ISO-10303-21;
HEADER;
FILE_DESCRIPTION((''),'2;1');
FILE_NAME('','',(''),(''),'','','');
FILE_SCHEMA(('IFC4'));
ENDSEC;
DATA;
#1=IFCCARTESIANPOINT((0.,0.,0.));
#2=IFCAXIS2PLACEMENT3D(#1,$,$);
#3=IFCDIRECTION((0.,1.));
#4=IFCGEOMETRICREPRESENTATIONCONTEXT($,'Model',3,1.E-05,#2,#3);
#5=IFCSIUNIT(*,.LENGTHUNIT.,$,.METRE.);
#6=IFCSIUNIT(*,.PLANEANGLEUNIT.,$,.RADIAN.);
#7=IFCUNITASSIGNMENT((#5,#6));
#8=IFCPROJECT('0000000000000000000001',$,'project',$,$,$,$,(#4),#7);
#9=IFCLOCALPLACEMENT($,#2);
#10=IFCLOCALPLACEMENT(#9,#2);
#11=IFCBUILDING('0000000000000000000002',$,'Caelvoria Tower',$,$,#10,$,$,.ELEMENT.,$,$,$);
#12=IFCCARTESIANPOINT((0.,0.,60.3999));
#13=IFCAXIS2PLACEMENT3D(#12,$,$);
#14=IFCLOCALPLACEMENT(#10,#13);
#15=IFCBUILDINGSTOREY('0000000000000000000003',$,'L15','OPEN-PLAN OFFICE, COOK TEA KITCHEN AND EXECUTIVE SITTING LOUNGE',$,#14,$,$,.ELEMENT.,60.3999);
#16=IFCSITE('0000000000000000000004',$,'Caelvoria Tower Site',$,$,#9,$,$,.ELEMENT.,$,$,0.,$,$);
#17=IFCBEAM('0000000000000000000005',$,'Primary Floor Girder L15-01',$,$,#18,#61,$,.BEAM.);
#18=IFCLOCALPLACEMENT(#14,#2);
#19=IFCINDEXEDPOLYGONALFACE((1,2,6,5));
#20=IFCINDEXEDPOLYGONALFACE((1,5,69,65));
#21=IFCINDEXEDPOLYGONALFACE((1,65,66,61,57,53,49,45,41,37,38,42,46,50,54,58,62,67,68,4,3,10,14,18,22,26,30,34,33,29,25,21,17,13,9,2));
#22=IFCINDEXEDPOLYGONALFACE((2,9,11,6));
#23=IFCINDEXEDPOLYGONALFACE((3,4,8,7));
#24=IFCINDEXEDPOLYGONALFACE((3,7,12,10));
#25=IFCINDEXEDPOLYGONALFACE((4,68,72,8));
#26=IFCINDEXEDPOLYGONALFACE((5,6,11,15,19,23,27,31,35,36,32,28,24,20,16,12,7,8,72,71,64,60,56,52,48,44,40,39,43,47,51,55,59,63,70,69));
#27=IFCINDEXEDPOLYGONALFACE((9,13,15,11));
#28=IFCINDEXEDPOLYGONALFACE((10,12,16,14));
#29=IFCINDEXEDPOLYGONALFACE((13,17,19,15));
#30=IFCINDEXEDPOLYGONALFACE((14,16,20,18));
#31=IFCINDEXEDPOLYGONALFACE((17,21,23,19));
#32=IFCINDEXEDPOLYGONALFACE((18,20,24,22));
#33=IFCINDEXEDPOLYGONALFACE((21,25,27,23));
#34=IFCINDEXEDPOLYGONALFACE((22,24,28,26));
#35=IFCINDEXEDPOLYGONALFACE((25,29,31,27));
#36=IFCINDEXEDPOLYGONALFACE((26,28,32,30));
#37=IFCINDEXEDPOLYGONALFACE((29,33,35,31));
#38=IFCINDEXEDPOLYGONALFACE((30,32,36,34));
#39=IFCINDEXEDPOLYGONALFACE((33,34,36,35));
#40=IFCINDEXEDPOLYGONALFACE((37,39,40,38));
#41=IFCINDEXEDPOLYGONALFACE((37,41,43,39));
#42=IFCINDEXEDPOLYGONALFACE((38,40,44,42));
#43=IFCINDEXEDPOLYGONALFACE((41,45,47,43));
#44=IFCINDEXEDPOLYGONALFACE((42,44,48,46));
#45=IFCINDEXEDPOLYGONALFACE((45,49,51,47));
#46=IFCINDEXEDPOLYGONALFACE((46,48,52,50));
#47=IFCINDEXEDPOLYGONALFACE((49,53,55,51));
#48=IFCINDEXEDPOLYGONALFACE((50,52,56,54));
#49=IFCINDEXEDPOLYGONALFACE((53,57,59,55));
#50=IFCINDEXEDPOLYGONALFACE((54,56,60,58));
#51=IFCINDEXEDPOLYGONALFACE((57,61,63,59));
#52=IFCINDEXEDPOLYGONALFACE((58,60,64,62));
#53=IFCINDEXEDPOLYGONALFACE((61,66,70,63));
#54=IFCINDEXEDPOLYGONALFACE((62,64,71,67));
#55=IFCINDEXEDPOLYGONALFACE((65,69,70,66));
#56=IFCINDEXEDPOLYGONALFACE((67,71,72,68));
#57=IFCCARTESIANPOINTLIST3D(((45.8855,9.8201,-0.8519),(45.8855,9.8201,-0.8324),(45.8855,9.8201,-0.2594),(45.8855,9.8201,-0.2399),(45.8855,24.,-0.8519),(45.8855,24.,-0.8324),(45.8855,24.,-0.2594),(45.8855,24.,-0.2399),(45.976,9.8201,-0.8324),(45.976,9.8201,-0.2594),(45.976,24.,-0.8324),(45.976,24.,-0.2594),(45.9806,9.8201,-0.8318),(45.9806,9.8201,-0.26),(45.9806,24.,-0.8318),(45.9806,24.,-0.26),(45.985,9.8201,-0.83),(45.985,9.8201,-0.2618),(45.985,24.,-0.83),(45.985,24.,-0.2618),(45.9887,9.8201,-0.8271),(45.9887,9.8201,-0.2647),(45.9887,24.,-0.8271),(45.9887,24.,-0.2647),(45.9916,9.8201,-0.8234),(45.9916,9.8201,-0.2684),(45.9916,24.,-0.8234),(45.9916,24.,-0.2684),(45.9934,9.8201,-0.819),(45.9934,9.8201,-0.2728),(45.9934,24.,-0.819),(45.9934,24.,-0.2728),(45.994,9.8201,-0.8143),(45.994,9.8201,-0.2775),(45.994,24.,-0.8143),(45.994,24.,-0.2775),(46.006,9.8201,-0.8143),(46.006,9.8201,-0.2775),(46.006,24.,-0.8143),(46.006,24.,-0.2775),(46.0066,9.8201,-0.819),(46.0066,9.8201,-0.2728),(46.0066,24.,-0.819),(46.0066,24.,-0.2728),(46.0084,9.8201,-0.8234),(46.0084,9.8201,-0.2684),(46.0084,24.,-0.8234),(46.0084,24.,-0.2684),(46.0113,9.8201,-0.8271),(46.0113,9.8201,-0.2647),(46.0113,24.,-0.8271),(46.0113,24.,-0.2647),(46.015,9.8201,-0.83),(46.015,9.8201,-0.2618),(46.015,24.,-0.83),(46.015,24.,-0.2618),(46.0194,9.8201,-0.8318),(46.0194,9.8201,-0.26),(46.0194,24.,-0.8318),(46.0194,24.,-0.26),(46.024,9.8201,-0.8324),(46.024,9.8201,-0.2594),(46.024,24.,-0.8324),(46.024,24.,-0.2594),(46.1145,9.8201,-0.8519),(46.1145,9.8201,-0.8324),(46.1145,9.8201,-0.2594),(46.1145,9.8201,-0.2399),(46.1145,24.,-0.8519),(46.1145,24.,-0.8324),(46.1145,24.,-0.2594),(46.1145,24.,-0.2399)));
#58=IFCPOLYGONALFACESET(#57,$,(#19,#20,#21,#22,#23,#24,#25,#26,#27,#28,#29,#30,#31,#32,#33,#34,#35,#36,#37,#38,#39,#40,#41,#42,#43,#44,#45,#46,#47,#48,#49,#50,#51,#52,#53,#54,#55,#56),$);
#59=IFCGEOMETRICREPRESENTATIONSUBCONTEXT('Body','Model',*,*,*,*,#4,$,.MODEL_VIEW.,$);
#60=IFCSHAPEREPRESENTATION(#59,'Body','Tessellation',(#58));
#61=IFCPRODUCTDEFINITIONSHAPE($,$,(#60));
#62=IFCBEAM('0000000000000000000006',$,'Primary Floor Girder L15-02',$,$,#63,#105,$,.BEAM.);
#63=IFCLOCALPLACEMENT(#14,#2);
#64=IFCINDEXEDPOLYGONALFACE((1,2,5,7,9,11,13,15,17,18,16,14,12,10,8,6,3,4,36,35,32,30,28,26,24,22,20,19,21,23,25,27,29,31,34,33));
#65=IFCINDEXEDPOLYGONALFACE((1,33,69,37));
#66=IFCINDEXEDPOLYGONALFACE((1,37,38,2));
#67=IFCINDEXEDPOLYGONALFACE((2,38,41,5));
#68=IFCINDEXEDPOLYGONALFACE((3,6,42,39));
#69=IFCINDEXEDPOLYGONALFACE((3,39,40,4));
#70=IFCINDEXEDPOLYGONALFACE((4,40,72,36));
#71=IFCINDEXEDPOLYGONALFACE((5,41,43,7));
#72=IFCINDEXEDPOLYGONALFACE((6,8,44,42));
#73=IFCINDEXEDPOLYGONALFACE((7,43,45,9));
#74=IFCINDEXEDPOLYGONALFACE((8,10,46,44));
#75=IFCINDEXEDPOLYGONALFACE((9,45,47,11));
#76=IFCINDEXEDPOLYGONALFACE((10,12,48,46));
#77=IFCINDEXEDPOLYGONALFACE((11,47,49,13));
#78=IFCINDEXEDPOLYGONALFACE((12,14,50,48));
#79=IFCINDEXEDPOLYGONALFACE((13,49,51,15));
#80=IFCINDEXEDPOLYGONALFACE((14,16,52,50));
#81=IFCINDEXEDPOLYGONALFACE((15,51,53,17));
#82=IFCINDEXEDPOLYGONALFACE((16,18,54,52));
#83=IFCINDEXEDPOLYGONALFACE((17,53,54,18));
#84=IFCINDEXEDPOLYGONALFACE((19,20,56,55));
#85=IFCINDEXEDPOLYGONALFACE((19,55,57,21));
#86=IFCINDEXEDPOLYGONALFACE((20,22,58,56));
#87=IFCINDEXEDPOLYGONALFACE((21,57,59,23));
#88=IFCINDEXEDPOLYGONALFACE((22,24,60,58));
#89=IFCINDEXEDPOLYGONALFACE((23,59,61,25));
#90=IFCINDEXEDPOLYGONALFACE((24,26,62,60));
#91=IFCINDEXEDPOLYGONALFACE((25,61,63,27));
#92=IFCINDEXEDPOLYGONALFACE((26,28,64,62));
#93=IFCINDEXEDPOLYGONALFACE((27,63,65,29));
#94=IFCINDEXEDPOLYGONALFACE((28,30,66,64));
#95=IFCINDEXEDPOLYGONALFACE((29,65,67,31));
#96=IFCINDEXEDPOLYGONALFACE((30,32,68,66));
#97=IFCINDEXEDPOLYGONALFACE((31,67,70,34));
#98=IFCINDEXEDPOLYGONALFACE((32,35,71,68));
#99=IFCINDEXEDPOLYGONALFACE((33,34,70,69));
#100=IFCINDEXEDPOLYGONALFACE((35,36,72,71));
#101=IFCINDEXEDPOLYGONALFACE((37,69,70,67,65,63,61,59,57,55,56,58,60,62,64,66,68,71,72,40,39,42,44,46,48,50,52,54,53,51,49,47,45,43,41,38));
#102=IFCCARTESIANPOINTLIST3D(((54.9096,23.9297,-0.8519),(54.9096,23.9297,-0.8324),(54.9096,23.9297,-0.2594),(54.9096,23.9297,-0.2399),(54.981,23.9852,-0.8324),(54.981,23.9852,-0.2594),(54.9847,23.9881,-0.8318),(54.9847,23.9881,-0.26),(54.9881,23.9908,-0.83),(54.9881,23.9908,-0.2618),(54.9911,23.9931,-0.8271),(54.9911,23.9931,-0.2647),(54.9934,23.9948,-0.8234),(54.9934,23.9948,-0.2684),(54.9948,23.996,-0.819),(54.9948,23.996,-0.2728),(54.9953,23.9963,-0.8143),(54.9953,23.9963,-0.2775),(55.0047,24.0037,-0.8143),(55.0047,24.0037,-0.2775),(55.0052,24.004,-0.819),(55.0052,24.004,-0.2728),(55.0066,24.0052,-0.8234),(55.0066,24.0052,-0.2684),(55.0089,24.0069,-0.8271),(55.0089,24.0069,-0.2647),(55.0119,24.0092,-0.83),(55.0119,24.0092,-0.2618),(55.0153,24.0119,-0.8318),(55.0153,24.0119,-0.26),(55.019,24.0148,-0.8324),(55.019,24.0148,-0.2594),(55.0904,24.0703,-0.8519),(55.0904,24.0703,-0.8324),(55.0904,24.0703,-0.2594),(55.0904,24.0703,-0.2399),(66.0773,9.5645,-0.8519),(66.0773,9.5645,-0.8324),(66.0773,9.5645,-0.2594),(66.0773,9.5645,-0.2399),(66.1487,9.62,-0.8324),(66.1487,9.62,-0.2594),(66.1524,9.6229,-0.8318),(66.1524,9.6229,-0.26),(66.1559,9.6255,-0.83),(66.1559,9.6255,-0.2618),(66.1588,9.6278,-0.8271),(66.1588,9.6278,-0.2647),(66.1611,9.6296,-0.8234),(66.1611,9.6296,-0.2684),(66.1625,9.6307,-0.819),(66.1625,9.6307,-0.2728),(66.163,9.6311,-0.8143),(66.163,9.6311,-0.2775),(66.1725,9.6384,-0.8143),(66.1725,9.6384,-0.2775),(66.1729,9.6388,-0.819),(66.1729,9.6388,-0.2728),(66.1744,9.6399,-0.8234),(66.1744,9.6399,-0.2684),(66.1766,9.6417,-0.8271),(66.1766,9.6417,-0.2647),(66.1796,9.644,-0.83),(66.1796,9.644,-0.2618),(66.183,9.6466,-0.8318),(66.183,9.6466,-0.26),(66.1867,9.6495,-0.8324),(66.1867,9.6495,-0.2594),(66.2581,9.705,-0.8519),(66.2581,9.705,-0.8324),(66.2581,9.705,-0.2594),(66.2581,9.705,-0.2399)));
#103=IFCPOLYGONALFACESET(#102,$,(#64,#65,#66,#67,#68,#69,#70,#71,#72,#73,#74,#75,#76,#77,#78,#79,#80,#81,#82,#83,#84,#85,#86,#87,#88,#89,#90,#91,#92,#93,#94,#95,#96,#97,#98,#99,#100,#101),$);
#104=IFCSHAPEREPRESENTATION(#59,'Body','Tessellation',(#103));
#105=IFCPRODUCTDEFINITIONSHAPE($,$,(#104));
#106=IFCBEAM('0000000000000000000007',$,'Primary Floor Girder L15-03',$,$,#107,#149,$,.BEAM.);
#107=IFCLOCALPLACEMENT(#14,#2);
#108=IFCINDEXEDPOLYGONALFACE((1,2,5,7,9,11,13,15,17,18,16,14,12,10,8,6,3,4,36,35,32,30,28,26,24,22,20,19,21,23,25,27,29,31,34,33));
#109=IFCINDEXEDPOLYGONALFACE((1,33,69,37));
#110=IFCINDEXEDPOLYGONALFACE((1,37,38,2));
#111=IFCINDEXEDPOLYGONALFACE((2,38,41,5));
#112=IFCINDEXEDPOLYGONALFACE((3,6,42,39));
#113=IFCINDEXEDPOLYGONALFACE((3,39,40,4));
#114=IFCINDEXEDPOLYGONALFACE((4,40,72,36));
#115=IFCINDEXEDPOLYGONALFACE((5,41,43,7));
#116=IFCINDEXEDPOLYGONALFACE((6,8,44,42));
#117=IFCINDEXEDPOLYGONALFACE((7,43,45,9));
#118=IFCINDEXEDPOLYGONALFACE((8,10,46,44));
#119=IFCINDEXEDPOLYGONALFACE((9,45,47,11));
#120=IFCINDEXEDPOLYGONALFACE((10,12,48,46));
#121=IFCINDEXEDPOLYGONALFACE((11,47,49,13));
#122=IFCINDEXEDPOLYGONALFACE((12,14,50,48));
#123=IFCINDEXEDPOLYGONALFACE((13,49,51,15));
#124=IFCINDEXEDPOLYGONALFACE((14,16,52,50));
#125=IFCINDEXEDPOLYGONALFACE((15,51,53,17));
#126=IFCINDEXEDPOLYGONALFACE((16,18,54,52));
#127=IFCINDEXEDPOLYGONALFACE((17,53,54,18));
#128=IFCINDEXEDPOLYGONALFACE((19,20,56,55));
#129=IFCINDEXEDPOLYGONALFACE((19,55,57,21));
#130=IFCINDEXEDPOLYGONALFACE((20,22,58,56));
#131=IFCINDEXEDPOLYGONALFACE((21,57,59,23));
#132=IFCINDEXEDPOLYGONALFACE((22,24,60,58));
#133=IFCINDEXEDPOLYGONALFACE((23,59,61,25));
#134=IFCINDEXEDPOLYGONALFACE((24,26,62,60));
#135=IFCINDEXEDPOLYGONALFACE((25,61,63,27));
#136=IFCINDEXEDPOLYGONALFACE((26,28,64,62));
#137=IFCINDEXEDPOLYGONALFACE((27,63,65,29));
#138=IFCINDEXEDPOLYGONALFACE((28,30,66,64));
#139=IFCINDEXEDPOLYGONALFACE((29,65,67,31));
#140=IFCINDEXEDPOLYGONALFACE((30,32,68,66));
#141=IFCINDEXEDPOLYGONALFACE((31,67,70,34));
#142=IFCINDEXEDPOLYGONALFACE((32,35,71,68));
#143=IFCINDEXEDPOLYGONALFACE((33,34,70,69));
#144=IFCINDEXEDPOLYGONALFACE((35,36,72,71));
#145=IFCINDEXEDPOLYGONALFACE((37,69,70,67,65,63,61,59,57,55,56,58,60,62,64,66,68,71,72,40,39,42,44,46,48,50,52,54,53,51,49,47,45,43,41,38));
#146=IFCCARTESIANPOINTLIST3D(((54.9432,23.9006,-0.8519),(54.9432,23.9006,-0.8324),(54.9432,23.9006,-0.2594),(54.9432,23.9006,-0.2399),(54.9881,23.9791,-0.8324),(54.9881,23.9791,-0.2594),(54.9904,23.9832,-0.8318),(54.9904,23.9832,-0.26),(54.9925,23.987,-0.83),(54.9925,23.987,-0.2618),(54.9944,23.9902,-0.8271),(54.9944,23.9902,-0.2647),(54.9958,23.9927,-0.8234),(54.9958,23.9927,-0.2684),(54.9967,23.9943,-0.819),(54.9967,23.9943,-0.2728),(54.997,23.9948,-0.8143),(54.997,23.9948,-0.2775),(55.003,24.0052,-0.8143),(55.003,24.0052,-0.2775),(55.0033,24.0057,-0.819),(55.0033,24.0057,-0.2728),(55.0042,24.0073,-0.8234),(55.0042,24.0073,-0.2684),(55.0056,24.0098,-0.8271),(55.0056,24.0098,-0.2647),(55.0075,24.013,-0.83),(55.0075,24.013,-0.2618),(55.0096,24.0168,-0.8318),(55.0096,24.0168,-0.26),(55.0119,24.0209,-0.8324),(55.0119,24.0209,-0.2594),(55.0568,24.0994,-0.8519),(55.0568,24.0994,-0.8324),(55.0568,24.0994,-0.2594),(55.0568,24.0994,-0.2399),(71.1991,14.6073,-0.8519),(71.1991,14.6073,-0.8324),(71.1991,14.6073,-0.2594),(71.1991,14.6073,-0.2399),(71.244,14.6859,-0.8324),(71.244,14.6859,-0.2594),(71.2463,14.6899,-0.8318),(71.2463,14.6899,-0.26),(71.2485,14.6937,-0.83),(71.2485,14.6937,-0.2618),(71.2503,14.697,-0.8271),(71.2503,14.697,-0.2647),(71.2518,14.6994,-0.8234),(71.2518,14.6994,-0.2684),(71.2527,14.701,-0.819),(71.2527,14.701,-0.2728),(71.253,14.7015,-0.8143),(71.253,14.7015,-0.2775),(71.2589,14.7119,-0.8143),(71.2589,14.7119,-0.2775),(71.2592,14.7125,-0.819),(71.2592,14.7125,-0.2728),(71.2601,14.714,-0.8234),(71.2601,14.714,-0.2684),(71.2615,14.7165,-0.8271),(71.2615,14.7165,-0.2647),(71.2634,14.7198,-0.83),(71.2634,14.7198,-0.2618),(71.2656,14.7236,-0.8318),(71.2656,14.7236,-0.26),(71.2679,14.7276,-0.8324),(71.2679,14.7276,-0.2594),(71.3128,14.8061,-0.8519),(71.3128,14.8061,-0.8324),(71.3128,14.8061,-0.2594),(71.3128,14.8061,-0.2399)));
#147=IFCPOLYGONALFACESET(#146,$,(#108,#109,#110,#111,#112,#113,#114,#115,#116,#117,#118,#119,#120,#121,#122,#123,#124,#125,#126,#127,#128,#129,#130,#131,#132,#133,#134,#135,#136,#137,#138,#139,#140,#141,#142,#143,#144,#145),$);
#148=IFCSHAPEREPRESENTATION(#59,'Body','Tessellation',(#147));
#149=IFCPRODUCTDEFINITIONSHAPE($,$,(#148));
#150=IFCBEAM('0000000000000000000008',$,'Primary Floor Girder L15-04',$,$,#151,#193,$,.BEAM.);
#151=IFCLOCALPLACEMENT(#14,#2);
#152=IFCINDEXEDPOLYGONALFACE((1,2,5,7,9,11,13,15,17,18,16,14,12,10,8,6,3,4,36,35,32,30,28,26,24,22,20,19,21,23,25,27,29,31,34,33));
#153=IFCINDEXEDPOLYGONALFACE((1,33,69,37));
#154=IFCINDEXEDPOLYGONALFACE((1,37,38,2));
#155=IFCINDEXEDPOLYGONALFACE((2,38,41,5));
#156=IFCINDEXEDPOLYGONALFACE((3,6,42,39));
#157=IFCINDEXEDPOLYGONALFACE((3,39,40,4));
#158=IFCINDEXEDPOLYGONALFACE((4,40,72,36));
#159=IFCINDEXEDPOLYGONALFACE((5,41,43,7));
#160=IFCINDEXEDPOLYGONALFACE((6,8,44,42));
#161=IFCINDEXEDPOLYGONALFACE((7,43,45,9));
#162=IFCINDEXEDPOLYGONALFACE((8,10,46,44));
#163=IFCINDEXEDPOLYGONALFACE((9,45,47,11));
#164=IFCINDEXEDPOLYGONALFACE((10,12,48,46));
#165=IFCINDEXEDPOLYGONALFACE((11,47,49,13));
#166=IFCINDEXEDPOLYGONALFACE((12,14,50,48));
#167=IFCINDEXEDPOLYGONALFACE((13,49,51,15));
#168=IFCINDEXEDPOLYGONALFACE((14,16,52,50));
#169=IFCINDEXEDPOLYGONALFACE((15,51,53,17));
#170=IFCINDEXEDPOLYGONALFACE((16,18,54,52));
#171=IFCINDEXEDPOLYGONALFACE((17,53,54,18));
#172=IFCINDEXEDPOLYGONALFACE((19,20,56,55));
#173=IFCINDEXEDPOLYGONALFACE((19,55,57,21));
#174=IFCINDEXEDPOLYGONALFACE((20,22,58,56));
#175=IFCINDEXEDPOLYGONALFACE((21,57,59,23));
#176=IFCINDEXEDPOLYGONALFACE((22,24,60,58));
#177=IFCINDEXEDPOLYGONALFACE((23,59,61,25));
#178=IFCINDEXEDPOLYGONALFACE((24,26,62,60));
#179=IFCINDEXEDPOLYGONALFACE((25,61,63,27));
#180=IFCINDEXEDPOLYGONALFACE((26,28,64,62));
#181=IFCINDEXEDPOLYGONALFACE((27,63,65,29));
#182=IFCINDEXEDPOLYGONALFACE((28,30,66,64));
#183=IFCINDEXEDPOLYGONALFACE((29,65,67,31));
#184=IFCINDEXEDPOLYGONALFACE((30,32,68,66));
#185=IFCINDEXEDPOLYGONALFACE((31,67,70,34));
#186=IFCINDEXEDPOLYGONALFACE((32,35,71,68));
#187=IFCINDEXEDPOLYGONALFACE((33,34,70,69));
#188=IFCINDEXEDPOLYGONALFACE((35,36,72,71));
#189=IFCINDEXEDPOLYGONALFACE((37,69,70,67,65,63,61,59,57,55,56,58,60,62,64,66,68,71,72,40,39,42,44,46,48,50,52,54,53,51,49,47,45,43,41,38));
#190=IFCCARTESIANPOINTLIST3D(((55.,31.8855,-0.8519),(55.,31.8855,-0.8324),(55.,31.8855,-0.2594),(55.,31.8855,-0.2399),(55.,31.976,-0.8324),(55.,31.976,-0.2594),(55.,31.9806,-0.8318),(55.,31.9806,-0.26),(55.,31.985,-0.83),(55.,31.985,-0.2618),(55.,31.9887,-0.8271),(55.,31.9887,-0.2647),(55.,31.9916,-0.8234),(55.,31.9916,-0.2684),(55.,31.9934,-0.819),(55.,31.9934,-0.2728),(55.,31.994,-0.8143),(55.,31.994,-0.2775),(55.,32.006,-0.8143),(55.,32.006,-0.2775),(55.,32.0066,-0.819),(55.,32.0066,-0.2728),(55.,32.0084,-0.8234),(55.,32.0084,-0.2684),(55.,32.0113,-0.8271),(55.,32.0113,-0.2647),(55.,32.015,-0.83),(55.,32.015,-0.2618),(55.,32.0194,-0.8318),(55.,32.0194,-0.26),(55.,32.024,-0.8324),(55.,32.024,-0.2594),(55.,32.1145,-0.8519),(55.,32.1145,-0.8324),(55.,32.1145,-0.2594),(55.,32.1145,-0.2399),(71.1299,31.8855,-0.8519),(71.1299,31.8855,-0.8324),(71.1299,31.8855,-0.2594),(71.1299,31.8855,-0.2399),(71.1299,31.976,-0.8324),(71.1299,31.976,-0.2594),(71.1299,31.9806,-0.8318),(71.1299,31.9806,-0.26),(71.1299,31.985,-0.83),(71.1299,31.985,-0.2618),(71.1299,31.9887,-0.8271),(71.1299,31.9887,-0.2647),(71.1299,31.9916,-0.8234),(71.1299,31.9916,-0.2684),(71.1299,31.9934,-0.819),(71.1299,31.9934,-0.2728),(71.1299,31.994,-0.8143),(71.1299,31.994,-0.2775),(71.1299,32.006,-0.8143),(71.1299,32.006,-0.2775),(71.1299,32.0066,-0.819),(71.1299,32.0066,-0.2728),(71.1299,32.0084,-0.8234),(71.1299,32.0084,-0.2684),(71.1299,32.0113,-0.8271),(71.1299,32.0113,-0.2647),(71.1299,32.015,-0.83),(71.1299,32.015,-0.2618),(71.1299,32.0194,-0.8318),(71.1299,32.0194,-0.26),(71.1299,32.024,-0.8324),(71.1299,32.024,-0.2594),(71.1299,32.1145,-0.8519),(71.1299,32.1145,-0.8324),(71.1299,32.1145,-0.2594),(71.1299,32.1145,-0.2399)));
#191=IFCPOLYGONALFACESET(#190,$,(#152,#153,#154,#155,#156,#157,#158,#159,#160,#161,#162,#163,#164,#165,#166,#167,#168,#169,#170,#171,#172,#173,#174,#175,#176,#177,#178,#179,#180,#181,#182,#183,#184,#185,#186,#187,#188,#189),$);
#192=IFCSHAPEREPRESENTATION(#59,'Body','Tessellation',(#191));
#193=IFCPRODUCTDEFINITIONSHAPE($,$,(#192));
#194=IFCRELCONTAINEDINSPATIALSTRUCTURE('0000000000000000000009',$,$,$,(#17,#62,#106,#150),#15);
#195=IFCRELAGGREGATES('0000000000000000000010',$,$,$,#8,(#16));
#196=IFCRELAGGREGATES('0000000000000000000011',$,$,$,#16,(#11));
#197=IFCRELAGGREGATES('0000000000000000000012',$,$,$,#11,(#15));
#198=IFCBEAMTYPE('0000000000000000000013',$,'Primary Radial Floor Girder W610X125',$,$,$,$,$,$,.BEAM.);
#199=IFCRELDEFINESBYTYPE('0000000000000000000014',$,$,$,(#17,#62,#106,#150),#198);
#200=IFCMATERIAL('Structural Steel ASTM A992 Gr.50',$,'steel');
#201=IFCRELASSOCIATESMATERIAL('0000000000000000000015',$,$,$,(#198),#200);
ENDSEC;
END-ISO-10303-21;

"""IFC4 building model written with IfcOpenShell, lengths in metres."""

from ifc_helpers import new_model, si_unit, direction, frame, origin, origin_2d, place, context, subcontext, project, spatial, i_section, extrude, material, material_profile, profile_set, type_object, element, save


model = new_model("IFC4")

# Units and contexts
model_context = context("Model", 3, precision=1e-05, world=origin(), true_north=direction((0.0, 1.0)))
body_context = subcontext(model_context, "Body", "Model", "MODEL_VIEW")
ifc_project = project(units=[si_unit("LENGTHUNIT", "METRE"), si_unit("PLANEANGLEUNIT", "RADIAN")], contexts=[model_context])

# Site, building, storey
site_placement = place(None, origin())
site = spatial("IfcSite", under=ifc_project, at=site_placement, Name="Caelvoria Tower Site", CompositionType="ELEMENT", RefElevation=0.0)
building_placement = place(site_placement, origin())
building = spatial("IfcBuilding", under=site, at=building_placement, Name="Caelvoria Tower", CompositionType="ELEMENT")
storey_placement = place(building_placement, frame((0.0, 0.0, 60.3999)))
storey = spatial("IfcBuildingStorey", under=building, at=storey_placement, Name="L15", Description="OPEN-PLAN OFFICE, COOK TEA KITCHEN AND EXECUTIVE SITTING LOUNGE", CompositionType="ELEMENT", Elevation=60.3999)

# Beams
ifc_material_1 = material(Name="Structural Steel ASTM A992 Gr.50", Category="steel")
ifc_material_profile_1 = material_profile(ifc_material_1, i_section(OverallWidth=0.229, OverallDepth=0.6121, WebThickness=0.012, FlangeThickness=0.0195, FilletRadius=0.0181, at=origin_2d()), Name="Structural Steel ASTM A992 Gr.50")
ifc_profile_set_1 = profile_set([ifc_material_profile_1], Name="W610X125 - Structural Steel ASTM A992 Gr.50")
beam_type_1 = type_object("IfcBeamType", Name="Primary Radial Floor Girder W610X125", PredefinedType="BEAM", material=ifc_profile_set_1)
beam_1_placement = place(storey_placement, frame((46.0, 24.0, -0.5459), z_axis=(0.0, -1.0, 0.0), x_axis=(1.0, 0.0, 0.0)))
element("IfcBeam", 1, at=beam_1_placement, inside=storey, type_object=beam_type_1, Name="Primary Floor Girder L15-01", PredefinedType="BEAM", context=body_context, shape_type="SweptSolid", body=[
    extrude(i_section(OverallWidth=0.229, OverallDepth=0.6121, WebThickness=0.012, FlangeThickness=0.0195, FilletRadius=0.0181, at=origin_2d()), origin(), (0.0, 0.0, 1.0), 14.1799),
])
beam_2_placement = place(storey_placement, frame((55.0, 24.0, -0.5459), z_axis=(0.613761, -0.789492, 0.0), x_axis=(0.789492, 0.613761, 0.0)))
element("IfcBeam", 2, at=beam_2_placement, inside=storey, type_object=beam_type_1, Name="Primary Floor Girder L15-02", PredefinedType="BEAM", context=body_context, shape_type="SweptSolid", body=[
    extrude(i_section(OverallWidth=0.229, OverallDepth=0.6121, WebThickness=0.012, FlangeThickness=0.0195, FilletRadius=0.0181, at=origin_2d()), origin(), (0.0, 0.0, 1.0), 18.1956),
])
beam_3_placement = place(storey_placement, frame((55.0, 24.0, -0.5459), z_axis=(0.868148, -0.496306, 0.0), x_axis=(0.496306, 0.868148, 0.0)))
element("IfcBeam", 3, at=beam_3_placement, inside=storey, type_object=beam_type_1, Name="Primary Floor Girder L15-03", PredefinedType="BEAM", context=body_context, shape_type="SweptSolid", body=[
    extrude(i_section(OverallWidth=0.229, OverallDepth=0.6121, WebThickness=0.012, FlangeThickness=0.0195, FilletRadius=0.0181, at=origin_2d()), origin(), (0.0, 0.0, 1.0), 18.7249),
])
beam_4_placement = place(storey_placement, frame((55.0, 32.0, -0.5459), z_axis=(1.0, 0.0, 0.0), x_axis=(0.0, 1.0, 0.0)))
element("IfcBeam", 4, at=beam_4_placement, inside=storey, type_object=beam_type_1, Name="Primary Floor Girder L15-04", PredefinedType="BEAM", context=body_context, shape_type="SweptSolid", body=[
    extrude(i_section(OverallWidth=0.229, OverallDepth=0.6121, WebThickness=0.012, FlangeThickness=0.0195, FilletRadius=0.0181, at=origin_2d()), origin(), (0.0, 0.0, 1.0), 16.1299),
])

save(model, "model.ifc")
